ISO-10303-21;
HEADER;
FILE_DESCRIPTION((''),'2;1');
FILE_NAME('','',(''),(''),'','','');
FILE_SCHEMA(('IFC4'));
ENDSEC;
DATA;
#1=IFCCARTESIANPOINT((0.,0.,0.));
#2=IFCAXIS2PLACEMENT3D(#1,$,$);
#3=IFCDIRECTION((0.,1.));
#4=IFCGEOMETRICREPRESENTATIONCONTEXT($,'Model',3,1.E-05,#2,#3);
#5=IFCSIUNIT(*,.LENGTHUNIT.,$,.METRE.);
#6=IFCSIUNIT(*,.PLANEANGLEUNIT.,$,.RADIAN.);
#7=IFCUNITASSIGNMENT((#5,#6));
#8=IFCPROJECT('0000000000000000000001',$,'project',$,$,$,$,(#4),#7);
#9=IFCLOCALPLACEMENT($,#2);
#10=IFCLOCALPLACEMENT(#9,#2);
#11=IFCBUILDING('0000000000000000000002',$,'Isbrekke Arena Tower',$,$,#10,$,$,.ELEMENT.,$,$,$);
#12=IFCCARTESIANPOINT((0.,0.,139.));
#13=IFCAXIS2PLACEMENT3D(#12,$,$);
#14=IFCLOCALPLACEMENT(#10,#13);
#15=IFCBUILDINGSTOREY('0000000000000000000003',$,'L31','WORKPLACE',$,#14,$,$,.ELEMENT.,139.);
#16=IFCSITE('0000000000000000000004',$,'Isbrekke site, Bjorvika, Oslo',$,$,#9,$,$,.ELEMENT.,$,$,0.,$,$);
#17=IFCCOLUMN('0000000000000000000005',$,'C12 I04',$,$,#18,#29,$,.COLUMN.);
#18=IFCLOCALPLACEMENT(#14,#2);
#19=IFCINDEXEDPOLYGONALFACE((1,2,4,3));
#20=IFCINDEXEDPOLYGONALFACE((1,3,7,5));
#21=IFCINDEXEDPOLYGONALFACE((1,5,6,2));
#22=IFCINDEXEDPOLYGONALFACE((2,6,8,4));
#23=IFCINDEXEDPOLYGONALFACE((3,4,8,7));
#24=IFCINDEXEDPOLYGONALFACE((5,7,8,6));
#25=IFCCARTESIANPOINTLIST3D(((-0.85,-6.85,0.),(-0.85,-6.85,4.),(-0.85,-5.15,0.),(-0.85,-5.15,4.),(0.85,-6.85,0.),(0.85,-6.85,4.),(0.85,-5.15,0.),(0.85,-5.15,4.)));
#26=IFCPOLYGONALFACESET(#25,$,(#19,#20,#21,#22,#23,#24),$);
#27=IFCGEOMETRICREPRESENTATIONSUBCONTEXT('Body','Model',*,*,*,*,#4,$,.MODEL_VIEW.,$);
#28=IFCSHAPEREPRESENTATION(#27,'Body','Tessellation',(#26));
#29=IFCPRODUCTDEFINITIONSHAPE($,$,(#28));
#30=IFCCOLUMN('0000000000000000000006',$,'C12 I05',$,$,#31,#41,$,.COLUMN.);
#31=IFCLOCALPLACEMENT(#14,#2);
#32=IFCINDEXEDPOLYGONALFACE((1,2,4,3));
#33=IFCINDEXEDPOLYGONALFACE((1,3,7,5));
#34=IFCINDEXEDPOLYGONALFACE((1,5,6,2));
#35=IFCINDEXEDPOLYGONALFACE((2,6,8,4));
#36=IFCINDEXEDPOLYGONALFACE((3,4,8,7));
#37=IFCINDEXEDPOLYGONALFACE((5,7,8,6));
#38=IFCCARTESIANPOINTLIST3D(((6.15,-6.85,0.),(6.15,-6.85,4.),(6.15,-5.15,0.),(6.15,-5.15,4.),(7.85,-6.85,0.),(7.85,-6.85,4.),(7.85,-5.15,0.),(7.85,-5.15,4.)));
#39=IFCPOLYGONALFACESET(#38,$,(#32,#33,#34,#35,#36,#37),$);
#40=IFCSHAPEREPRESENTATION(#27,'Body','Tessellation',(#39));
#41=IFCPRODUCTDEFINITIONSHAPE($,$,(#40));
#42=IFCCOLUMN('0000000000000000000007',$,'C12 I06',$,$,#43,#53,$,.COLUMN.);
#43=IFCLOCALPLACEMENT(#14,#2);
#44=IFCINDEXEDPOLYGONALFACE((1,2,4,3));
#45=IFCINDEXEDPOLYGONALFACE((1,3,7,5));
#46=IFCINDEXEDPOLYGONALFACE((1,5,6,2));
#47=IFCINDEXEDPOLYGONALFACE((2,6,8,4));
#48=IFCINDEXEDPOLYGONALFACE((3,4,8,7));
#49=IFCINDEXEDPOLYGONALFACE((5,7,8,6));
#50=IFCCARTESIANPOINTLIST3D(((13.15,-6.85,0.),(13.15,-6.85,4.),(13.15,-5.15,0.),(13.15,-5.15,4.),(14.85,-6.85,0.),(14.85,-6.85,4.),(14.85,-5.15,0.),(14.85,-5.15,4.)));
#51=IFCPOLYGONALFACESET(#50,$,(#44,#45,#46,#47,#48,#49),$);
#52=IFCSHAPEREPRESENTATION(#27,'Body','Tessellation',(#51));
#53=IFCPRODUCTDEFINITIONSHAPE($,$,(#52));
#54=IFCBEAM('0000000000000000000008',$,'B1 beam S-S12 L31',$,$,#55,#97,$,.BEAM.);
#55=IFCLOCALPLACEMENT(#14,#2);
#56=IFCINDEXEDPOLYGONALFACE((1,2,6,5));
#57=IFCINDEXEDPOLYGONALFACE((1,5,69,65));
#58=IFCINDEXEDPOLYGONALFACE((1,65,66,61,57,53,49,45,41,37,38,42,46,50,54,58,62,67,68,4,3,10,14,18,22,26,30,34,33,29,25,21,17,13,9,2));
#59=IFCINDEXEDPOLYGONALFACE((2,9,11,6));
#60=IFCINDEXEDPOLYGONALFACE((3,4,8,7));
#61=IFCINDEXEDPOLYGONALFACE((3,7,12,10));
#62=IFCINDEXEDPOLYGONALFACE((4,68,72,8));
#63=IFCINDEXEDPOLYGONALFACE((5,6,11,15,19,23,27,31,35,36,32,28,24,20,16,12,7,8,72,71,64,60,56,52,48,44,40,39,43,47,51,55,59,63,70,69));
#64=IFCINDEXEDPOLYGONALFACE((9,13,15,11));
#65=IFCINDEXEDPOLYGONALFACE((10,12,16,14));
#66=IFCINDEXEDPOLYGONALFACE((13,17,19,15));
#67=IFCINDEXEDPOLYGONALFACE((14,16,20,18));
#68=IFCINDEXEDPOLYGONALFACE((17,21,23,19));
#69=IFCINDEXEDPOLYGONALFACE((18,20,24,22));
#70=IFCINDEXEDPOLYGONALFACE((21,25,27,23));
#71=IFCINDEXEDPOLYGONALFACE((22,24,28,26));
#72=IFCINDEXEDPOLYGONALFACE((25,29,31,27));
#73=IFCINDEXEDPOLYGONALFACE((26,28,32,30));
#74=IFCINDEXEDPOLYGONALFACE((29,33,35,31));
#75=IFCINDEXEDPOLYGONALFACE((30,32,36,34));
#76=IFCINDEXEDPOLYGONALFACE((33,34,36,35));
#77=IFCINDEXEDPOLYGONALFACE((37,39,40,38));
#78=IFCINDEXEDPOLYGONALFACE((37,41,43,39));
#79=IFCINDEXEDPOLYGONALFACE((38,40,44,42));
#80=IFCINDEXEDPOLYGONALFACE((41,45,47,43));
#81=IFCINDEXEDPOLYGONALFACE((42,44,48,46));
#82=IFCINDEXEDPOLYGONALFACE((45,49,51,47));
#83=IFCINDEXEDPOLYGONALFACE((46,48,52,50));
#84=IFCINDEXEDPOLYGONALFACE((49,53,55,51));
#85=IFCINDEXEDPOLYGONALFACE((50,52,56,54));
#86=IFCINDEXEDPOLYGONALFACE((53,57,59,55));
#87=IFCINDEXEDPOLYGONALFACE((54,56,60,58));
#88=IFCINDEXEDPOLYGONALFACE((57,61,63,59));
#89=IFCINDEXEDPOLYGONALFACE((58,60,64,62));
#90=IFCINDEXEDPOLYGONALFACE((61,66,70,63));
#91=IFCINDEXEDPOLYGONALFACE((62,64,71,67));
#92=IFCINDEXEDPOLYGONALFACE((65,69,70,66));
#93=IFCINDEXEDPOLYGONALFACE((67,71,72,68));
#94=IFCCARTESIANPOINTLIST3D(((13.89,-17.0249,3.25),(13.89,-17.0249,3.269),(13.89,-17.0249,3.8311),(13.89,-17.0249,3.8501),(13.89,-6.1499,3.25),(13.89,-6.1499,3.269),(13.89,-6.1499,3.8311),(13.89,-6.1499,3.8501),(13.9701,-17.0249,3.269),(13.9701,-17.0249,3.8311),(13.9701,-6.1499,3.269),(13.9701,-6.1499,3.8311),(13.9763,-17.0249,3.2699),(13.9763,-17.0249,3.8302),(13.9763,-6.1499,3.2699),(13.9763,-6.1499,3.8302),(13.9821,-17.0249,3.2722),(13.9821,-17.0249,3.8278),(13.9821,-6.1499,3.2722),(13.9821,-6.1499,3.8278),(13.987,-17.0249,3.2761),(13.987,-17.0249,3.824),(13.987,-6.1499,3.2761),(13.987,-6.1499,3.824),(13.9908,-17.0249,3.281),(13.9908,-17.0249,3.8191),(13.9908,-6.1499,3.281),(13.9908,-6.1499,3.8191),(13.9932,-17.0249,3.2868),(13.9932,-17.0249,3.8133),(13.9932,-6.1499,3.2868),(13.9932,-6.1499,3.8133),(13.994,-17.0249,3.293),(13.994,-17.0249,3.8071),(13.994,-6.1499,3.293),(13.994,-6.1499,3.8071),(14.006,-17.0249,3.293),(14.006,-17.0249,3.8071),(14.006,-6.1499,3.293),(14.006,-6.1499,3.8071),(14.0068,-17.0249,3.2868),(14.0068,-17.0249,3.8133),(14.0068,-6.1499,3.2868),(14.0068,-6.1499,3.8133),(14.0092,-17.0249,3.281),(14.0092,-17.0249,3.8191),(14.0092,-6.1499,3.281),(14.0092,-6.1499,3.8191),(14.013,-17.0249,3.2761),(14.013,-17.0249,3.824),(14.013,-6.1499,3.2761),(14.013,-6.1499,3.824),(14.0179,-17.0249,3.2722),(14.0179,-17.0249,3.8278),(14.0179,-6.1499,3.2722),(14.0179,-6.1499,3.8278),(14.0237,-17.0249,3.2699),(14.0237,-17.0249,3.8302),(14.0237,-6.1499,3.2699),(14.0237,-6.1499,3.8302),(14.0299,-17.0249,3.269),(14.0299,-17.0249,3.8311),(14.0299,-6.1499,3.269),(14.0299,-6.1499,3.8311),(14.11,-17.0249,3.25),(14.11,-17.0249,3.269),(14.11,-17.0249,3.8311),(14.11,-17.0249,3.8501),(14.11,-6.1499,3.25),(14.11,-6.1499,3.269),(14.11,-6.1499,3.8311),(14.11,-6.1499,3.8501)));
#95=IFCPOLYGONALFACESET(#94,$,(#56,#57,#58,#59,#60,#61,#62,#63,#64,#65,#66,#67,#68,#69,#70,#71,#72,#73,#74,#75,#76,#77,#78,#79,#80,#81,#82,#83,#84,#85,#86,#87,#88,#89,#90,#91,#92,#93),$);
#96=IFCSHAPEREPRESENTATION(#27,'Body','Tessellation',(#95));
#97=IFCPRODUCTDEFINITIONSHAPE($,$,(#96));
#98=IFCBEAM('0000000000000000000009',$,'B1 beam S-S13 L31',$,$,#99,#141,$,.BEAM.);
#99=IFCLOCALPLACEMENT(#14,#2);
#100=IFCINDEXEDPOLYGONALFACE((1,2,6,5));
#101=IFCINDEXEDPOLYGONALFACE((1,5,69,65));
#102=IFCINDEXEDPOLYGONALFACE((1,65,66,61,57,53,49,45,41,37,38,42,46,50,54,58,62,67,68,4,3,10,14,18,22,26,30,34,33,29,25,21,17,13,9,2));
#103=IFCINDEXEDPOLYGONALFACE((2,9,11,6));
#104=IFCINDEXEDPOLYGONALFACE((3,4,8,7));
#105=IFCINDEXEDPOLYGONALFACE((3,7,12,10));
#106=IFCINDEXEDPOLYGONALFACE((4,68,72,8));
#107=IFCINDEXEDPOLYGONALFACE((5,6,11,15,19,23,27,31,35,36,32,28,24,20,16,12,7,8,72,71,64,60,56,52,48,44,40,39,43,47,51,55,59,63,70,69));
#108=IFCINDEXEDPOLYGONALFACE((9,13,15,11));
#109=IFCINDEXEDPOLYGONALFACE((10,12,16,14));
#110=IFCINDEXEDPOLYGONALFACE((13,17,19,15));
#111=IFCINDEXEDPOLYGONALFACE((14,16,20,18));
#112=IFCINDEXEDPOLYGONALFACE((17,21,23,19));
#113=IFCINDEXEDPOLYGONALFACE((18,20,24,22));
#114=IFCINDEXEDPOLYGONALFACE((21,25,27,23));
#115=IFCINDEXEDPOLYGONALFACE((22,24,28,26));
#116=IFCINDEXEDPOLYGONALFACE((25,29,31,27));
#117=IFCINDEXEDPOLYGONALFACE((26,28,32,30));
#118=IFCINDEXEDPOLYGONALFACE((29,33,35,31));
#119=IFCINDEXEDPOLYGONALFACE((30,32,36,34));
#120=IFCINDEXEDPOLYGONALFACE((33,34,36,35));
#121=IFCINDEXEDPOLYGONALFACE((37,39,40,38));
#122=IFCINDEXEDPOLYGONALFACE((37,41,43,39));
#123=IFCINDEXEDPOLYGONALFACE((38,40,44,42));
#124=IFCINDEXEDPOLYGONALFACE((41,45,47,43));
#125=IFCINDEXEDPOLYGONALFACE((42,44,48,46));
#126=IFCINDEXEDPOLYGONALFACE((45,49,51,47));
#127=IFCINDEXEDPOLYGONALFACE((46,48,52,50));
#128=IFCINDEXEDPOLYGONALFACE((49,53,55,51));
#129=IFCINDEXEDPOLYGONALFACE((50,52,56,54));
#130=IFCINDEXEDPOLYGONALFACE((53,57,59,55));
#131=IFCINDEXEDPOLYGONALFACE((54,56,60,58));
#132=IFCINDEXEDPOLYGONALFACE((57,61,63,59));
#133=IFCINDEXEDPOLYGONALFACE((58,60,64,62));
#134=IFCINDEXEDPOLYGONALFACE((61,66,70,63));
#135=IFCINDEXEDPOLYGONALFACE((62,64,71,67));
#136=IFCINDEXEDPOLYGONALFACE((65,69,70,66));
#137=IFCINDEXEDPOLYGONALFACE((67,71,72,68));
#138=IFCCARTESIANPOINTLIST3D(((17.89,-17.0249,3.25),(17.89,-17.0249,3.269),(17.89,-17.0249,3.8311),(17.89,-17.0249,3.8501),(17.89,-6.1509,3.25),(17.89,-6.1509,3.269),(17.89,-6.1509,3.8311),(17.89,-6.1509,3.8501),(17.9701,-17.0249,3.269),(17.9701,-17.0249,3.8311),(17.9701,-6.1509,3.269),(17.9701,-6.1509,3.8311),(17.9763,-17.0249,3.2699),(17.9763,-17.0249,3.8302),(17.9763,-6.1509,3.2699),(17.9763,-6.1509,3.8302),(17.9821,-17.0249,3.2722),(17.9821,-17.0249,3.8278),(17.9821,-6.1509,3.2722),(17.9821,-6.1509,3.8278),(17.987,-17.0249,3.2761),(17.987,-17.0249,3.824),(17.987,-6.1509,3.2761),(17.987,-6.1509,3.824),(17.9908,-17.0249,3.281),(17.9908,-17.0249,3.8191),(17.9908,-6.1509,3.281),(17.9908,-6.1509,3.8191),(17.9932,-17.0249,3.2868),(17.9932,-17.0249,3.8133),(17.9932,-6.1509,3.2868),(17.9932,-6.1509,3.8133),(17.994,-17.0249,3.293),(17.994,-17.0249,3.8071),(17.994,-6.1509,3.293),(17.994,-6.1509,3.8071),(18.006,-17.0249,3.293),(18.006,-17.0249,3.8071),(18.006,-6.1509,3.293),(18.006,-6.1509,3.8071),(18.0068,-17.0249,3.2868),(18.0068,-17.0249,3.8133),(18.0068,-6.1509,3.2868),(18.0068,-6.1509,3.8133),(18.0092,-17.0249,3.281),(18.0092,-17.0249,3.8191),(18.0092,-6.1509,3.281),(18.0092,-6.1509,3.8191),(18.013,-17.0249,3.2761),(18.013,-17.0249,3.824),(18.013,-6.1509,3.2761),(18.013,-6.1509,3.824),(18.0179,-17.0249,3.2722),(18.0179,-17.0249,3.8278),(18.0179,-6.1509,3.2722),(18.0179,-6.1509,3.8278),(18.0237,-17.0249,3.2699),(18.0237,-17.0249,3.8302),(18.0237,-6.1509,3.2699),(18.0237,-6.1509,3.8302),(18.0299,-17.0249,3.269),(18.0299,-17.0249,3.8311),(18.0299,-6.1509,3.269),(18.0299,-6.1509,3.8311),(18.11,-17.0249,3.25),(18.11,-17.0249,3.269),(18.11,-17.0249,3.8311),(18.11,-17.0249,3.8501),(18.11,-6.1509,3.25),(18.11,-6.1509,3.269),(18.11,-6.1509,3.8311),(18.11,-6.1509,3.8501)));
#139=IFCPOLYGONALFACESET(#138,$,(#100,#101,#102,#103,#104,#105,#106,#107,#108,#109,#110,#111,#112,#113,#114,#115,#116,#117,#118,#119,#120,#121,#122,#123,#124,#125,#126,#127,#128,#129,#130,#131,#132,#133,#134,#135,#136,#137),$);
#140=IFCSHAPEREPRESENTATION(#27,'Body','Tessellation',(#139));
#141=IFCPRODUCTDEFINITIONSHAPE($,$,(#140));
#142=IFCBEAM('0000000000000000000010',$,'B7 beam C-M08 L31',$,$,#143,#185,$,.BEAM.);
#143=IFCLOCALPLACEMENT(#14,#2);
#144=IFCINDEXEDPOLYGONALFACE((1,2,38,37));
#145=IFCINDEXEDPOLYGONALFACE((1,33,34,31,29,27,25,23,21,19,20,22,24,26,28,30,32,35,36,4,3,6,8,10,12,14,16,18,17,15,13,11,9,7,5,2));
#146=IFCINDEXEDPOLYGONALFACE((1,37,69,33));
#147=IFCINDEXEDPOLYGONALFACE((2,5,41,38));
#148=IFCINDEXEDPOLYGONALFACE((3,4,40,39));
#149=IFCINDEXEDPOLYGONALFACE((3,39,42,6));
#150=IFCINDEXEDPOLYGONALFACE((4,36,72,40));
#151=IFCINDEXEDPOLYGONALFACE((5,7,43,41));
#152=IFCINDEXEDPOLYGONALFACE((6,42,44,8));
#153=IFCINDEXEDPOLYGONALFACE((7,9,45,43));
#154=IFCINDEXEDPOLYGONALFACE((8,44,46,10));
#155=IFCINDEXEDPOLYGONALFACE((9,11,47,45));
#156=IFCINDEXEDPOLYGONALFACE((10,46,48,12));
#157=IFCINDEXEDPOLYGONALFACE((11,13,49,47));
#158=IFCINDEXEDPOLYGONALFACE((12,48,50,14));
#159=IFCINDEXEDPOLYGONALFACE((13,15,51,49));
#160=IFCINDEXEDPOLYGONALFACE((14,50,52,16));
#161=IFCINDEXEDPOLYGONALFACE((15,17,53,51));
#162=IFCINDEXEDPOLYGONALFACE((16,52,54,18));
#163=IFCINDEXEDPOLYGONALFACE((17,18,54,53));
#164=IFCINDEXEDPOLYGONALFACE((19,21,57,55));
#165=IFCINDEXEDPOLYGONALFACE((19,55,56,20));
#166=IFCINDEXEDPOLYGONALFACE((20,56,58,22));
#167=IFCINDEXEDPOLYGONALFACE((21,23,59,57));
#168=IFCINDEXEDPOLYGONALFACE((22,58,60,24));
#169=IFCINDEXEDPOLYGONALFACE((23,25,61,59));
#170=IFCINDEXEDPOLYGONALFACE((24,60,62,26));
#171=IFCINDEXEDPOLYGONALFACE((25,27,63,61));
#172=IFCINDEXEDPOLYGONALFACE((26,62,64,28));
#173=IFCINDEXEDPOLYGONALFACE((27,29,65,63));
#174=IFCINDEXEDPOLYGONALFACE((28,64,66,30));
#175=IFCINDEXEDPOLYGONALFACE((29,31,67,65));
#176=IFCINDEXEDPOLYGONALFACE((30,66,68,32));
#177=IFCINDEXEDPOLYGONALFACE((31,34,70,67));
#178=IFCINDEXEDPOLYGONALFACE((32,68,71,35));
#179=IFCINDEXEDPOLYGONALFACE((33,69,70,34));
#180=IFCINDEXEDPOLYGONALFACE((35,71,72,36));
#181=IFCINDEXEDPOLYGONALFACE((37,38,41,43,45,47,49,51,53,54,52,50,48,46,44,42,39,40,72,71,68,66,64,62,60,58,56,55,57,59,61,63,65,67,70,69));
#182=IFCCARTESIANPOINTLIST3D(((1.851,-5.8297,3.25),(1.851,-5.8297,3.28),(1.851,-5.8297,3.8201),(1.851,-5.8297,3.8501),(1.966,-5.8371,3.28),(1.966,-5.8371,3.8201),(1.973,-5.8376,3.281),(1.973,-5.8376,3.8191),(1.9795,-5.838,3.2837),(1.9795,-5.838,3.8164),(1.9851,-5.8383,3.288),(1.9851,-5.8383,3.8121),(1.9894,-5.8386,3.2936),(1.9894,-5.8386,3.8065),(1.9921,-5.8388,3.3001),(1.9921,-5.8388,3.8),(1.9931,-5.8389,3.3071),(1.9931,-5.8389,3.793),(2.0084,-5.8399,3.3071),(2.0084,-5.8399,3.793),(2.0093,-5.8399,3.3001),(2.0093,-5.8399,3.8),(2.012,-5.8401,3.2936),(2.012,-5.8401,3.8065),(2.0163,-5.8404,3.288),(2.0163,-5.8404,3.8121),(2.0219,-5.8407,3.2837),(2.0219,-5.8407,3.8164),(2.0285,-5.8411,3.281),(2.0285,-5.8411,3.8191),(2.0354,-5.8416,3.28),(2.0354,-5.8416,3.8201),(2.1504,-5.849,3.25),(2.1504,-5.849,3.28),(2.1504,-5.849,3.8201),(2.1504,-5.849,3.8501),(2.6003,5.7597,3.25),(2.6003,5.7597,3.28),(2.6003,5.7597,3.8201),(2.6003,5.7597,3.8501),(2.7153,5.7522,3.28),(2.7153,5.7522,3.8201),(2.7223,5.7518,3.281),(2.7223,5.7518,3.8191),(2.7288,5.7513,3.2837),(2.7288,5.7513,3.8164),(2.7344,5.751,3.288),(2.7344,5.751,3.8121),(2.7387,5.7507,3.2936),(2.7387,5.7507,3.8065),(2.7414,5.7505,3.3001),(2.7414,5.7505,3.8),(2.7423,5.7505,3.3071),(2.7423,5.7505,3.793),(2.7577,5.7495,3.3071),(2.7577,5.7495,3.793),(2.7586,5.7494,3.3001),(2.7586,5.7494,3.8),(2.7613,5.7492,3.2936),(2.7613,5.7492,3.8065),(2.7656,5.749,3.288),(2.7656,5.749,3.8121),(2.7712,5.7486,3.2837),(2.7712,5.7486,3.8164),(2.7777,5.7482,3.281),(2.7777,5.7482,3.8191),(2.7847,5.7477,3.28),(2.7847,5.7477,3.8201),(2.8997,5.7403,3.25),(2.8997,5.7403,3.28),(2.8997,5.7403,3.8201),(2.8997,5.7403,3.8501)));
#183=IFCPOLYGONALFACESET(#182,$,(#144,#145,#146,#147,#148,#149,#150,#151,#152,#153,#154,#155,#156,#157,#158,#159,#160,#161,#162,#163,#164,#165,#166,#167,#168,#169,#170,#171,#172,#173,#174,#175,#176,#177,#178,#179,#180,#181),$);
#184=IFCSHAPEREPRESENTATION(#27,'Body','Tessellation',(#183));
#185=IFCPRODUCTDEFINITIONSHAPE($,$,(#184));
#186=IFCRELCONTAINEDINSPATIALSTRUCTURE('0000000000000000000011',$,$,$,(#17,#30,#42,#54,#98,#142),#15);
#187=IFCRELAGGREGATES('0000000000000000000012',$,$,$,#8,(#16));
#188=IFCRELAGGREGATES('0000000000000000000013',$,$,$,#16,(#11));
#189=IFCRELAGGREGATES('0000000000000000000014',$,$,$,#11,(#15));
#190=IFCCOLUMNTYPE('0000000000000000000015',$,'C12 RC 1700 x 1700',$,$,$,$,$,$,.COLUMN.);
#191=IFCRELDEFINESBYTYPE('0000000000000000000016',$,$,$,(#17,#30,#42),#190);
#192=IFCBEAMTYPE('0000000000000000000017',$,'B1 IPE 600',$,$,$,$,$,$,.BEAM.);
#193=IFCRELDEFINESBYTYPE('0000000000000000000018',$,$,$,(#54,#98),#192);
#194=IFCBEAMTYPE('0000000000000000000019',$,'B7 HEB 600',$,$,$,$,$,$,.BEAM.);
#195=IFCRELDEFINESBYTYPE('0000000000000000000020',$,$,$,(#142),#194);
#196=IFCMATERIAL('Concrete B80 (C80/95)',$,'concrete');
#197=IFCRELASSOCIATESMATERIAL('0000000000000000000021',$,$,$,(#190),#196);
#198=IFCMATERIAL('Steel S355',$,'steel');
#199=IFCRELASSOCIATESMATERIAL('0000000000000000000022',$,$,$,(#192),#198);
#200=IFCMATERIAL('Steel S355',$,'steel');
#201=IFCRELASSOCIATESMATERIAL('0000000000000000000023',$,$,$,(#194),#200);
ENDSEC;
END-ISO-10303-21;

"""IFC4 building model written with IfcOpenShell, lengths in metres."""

from ifc_helpers import new_model, si_unit, direction, frame, origin, origin_2d, place, context, subcontext, project, spatial, rectangle, i_section, extrude, material, material_profile, profile_set, type_object, element, save


model = new_model("IFC4")

# Units and contexts
model_context = context("Model", 3, precision=1e-05, world=origin(), true_north=direction((0.0, 1.0)))
body_context = subcontext(model_context, "Body", "Model", "MODEL_VIEW")
ifc_project = project(units=[si_unit("LENGTHUNIT", "METRE"), si_unit("PLANEANGLEUNIT", "RADIAN")], contexts=[model_context])

# Site, building, storey
site_placement = place(None, origin())
site = spatial("IfcSite", under=ifc_project, at=site_placement, Name="Isbrekke site, Bjorvika, Oslo", CompositionType="ELEMENT", RefElevation=0.0)
building_placement = place(site_placement, origin())
building = spatial("IfcBuilding", under=site, at=building_placement, Name="Isbrekke Arena Tower", CompositionType="ELEMENT")
storey_placement = place(building_placement, frame((0.0, 0.0, 139.0)))
storey = spatial("IfcBuildingStorey", under=building, at=storey_placement, Name="L31", Description="WORKPLACE", CompositionType="ELEMENT", Elevation=139.0)

# Columns
ifc_material_1 = material(Name="Concrete B80 (C80/95)", Category="concrete")
ifc_material_profile_1 = material_profile(ifc_material_1, rectangle(XDim=1.7, YDim=1.7, at=origin_2d()), Name="RC 1700x1700")
ifc_profile_set_1 = profile_set([ifc_material_profile_1], Name="Concrete B80 (C80/95)")
column_type = type_object("IfcColumnType", Name="C12 RC 1700 x 1700", PredefinedType="COLUMN", material=ifc_profile_set_1)
for number, where, z_axis, x_axis, name in (
    (1, (0.0, -6.0, 0.0), (0.0, 0.0, 1.0), (1.0, 0.0, 0.0), "C12 I04"),
    (2, (7.0, -6.0, 0.0), (0.0, 0.0, 1.0), (1.0, 0.0, 0.0), "C12 I05"),
    (3, (14.0, -6.0, 0.0), (0.0, 0.0, 1.0), (1.0, 0.0, 0.0), "C12 I06"),
):
    element("IfcColumn", number, at=place(storey_placement, frame(where, z_axis=z_axis, x_axis=x_axis)), inside=storey, type_object=column_type, Name=name, PredefinedType="COLUMN", context=body_context, shape_type="SweptSolid", body=[
        extrude(rectangle(XDim=1.7, YDim=1.7, at=origin_2d()), origin(), (0.0, 0.0, 1.0), 4.0),
    ])

# Beams
ifc_material_2 = material(Name="Steel S355", Category="steel")
ifc_material_profile_2 = material_profile(ifc_material_2, i_section(OverallWidth=0.22, OverallDepth=0.6001, WebThickness=0.012, FlangeThickness=0.019, FilletRadius=0.0239, at=origin_2d()), Name="IPE 600")
ifc_profile_set_2 = profile_set([ifc_material_profile_2], Name="Steel S355")
beam_type_1 = type_object("IfcBeamType", Name="B1 IPE 600", PredefinedType="BEAM", material=ifc_profile_set_2)
beam_1_placement = place(storey_placement, frame((14.0, -17.0249, 3.55), z_axis=(0.0, 1.0, 0.0), x_axis=(-1.0, 0.0, 0.0)))
element("IfcBeam", 4, at=beam_1_placement, inside=storey, type_object=beam_type_1, Name="B1 beam S-S12 L31", PredefinedType="BEAM", context=body_context, shape_type="SweptSolid", body=[
    extrude(i_section(OverallWidth=0.22, OverallDepth=0.6001, WebThickness=0.012, FlangeThickness=0.019, FilletRadius=0.0239, at=origin_2d()), origin(), (0.0, 0.0, 1.0), 10.875),
])
beam_2_placement = place(storey_placement, frame((18.0, -17.0249, 3.55), z_axis=(0.0, 1.0, 0.0), x_axis=(-1.0, 0.0, 0.0)))
element("IfcBeam", 5, at=beam_2_placement, inside=storey, type_object=beam_type_1, Name="B1 beam S-S13 L31", PredefinedType="BEAM", context=body_context, shape_type="SweptSolid", body=[
    extrude(i_section(OverallWidth=0.22, OverallDepth=0.6001, WebThickness=0.012, FlangeThickness=0.019, FilletRadius=0.0239, at=origin_2d()), origin(), (0.0, 0.0, 1.0), 10.874),
])
ifc_material_3 = material(Name="Steel S355", Category="steel")
ifc_material_profile_3 = material_profile(ifc_material_3, i_section(OverallWidth=0.3, OverallDepth=0.6001, WebThickness=0.0154, FlangeThickness=0.03, FilletRadius=0.0271, at=origin_2d()), Name="HEB 600")
ifc_profile_set_3 = profile_set([ifc_material_profile_3], Name="Steel S355")
beam_type_2 = type_object("IfcBeamType", Name="B7 HEB 600", PredefinedType="BEAM", material=ifc_profile_set_3)
beam_3_placement = place(storey_placement, frame((2.0007, -5.8394, 3.55), z_axis=(0.064517, 0.997917, 0.0), x_axis=(-0.997917, 0.064517, 0.0)))
element("IfcBeam", 6, at=beam_3_placement, inside=storey, type_object=beam_type_2, Name="B7 beam C-M08 L31", PredefinedType="BEAM", context=body_context, shape_type="SweptSolid", body=[
    extrude(i_section(OverallWidth=0.3, OverallDepth=0.6001, WebThickness=0.0154, FlangeThickness=0.03, FilletRadius=0.0271, at=origin_2d()), origin(), (0.0, 0.0, 1.0), 11.6135),
])

save(model, "model.ifc")
